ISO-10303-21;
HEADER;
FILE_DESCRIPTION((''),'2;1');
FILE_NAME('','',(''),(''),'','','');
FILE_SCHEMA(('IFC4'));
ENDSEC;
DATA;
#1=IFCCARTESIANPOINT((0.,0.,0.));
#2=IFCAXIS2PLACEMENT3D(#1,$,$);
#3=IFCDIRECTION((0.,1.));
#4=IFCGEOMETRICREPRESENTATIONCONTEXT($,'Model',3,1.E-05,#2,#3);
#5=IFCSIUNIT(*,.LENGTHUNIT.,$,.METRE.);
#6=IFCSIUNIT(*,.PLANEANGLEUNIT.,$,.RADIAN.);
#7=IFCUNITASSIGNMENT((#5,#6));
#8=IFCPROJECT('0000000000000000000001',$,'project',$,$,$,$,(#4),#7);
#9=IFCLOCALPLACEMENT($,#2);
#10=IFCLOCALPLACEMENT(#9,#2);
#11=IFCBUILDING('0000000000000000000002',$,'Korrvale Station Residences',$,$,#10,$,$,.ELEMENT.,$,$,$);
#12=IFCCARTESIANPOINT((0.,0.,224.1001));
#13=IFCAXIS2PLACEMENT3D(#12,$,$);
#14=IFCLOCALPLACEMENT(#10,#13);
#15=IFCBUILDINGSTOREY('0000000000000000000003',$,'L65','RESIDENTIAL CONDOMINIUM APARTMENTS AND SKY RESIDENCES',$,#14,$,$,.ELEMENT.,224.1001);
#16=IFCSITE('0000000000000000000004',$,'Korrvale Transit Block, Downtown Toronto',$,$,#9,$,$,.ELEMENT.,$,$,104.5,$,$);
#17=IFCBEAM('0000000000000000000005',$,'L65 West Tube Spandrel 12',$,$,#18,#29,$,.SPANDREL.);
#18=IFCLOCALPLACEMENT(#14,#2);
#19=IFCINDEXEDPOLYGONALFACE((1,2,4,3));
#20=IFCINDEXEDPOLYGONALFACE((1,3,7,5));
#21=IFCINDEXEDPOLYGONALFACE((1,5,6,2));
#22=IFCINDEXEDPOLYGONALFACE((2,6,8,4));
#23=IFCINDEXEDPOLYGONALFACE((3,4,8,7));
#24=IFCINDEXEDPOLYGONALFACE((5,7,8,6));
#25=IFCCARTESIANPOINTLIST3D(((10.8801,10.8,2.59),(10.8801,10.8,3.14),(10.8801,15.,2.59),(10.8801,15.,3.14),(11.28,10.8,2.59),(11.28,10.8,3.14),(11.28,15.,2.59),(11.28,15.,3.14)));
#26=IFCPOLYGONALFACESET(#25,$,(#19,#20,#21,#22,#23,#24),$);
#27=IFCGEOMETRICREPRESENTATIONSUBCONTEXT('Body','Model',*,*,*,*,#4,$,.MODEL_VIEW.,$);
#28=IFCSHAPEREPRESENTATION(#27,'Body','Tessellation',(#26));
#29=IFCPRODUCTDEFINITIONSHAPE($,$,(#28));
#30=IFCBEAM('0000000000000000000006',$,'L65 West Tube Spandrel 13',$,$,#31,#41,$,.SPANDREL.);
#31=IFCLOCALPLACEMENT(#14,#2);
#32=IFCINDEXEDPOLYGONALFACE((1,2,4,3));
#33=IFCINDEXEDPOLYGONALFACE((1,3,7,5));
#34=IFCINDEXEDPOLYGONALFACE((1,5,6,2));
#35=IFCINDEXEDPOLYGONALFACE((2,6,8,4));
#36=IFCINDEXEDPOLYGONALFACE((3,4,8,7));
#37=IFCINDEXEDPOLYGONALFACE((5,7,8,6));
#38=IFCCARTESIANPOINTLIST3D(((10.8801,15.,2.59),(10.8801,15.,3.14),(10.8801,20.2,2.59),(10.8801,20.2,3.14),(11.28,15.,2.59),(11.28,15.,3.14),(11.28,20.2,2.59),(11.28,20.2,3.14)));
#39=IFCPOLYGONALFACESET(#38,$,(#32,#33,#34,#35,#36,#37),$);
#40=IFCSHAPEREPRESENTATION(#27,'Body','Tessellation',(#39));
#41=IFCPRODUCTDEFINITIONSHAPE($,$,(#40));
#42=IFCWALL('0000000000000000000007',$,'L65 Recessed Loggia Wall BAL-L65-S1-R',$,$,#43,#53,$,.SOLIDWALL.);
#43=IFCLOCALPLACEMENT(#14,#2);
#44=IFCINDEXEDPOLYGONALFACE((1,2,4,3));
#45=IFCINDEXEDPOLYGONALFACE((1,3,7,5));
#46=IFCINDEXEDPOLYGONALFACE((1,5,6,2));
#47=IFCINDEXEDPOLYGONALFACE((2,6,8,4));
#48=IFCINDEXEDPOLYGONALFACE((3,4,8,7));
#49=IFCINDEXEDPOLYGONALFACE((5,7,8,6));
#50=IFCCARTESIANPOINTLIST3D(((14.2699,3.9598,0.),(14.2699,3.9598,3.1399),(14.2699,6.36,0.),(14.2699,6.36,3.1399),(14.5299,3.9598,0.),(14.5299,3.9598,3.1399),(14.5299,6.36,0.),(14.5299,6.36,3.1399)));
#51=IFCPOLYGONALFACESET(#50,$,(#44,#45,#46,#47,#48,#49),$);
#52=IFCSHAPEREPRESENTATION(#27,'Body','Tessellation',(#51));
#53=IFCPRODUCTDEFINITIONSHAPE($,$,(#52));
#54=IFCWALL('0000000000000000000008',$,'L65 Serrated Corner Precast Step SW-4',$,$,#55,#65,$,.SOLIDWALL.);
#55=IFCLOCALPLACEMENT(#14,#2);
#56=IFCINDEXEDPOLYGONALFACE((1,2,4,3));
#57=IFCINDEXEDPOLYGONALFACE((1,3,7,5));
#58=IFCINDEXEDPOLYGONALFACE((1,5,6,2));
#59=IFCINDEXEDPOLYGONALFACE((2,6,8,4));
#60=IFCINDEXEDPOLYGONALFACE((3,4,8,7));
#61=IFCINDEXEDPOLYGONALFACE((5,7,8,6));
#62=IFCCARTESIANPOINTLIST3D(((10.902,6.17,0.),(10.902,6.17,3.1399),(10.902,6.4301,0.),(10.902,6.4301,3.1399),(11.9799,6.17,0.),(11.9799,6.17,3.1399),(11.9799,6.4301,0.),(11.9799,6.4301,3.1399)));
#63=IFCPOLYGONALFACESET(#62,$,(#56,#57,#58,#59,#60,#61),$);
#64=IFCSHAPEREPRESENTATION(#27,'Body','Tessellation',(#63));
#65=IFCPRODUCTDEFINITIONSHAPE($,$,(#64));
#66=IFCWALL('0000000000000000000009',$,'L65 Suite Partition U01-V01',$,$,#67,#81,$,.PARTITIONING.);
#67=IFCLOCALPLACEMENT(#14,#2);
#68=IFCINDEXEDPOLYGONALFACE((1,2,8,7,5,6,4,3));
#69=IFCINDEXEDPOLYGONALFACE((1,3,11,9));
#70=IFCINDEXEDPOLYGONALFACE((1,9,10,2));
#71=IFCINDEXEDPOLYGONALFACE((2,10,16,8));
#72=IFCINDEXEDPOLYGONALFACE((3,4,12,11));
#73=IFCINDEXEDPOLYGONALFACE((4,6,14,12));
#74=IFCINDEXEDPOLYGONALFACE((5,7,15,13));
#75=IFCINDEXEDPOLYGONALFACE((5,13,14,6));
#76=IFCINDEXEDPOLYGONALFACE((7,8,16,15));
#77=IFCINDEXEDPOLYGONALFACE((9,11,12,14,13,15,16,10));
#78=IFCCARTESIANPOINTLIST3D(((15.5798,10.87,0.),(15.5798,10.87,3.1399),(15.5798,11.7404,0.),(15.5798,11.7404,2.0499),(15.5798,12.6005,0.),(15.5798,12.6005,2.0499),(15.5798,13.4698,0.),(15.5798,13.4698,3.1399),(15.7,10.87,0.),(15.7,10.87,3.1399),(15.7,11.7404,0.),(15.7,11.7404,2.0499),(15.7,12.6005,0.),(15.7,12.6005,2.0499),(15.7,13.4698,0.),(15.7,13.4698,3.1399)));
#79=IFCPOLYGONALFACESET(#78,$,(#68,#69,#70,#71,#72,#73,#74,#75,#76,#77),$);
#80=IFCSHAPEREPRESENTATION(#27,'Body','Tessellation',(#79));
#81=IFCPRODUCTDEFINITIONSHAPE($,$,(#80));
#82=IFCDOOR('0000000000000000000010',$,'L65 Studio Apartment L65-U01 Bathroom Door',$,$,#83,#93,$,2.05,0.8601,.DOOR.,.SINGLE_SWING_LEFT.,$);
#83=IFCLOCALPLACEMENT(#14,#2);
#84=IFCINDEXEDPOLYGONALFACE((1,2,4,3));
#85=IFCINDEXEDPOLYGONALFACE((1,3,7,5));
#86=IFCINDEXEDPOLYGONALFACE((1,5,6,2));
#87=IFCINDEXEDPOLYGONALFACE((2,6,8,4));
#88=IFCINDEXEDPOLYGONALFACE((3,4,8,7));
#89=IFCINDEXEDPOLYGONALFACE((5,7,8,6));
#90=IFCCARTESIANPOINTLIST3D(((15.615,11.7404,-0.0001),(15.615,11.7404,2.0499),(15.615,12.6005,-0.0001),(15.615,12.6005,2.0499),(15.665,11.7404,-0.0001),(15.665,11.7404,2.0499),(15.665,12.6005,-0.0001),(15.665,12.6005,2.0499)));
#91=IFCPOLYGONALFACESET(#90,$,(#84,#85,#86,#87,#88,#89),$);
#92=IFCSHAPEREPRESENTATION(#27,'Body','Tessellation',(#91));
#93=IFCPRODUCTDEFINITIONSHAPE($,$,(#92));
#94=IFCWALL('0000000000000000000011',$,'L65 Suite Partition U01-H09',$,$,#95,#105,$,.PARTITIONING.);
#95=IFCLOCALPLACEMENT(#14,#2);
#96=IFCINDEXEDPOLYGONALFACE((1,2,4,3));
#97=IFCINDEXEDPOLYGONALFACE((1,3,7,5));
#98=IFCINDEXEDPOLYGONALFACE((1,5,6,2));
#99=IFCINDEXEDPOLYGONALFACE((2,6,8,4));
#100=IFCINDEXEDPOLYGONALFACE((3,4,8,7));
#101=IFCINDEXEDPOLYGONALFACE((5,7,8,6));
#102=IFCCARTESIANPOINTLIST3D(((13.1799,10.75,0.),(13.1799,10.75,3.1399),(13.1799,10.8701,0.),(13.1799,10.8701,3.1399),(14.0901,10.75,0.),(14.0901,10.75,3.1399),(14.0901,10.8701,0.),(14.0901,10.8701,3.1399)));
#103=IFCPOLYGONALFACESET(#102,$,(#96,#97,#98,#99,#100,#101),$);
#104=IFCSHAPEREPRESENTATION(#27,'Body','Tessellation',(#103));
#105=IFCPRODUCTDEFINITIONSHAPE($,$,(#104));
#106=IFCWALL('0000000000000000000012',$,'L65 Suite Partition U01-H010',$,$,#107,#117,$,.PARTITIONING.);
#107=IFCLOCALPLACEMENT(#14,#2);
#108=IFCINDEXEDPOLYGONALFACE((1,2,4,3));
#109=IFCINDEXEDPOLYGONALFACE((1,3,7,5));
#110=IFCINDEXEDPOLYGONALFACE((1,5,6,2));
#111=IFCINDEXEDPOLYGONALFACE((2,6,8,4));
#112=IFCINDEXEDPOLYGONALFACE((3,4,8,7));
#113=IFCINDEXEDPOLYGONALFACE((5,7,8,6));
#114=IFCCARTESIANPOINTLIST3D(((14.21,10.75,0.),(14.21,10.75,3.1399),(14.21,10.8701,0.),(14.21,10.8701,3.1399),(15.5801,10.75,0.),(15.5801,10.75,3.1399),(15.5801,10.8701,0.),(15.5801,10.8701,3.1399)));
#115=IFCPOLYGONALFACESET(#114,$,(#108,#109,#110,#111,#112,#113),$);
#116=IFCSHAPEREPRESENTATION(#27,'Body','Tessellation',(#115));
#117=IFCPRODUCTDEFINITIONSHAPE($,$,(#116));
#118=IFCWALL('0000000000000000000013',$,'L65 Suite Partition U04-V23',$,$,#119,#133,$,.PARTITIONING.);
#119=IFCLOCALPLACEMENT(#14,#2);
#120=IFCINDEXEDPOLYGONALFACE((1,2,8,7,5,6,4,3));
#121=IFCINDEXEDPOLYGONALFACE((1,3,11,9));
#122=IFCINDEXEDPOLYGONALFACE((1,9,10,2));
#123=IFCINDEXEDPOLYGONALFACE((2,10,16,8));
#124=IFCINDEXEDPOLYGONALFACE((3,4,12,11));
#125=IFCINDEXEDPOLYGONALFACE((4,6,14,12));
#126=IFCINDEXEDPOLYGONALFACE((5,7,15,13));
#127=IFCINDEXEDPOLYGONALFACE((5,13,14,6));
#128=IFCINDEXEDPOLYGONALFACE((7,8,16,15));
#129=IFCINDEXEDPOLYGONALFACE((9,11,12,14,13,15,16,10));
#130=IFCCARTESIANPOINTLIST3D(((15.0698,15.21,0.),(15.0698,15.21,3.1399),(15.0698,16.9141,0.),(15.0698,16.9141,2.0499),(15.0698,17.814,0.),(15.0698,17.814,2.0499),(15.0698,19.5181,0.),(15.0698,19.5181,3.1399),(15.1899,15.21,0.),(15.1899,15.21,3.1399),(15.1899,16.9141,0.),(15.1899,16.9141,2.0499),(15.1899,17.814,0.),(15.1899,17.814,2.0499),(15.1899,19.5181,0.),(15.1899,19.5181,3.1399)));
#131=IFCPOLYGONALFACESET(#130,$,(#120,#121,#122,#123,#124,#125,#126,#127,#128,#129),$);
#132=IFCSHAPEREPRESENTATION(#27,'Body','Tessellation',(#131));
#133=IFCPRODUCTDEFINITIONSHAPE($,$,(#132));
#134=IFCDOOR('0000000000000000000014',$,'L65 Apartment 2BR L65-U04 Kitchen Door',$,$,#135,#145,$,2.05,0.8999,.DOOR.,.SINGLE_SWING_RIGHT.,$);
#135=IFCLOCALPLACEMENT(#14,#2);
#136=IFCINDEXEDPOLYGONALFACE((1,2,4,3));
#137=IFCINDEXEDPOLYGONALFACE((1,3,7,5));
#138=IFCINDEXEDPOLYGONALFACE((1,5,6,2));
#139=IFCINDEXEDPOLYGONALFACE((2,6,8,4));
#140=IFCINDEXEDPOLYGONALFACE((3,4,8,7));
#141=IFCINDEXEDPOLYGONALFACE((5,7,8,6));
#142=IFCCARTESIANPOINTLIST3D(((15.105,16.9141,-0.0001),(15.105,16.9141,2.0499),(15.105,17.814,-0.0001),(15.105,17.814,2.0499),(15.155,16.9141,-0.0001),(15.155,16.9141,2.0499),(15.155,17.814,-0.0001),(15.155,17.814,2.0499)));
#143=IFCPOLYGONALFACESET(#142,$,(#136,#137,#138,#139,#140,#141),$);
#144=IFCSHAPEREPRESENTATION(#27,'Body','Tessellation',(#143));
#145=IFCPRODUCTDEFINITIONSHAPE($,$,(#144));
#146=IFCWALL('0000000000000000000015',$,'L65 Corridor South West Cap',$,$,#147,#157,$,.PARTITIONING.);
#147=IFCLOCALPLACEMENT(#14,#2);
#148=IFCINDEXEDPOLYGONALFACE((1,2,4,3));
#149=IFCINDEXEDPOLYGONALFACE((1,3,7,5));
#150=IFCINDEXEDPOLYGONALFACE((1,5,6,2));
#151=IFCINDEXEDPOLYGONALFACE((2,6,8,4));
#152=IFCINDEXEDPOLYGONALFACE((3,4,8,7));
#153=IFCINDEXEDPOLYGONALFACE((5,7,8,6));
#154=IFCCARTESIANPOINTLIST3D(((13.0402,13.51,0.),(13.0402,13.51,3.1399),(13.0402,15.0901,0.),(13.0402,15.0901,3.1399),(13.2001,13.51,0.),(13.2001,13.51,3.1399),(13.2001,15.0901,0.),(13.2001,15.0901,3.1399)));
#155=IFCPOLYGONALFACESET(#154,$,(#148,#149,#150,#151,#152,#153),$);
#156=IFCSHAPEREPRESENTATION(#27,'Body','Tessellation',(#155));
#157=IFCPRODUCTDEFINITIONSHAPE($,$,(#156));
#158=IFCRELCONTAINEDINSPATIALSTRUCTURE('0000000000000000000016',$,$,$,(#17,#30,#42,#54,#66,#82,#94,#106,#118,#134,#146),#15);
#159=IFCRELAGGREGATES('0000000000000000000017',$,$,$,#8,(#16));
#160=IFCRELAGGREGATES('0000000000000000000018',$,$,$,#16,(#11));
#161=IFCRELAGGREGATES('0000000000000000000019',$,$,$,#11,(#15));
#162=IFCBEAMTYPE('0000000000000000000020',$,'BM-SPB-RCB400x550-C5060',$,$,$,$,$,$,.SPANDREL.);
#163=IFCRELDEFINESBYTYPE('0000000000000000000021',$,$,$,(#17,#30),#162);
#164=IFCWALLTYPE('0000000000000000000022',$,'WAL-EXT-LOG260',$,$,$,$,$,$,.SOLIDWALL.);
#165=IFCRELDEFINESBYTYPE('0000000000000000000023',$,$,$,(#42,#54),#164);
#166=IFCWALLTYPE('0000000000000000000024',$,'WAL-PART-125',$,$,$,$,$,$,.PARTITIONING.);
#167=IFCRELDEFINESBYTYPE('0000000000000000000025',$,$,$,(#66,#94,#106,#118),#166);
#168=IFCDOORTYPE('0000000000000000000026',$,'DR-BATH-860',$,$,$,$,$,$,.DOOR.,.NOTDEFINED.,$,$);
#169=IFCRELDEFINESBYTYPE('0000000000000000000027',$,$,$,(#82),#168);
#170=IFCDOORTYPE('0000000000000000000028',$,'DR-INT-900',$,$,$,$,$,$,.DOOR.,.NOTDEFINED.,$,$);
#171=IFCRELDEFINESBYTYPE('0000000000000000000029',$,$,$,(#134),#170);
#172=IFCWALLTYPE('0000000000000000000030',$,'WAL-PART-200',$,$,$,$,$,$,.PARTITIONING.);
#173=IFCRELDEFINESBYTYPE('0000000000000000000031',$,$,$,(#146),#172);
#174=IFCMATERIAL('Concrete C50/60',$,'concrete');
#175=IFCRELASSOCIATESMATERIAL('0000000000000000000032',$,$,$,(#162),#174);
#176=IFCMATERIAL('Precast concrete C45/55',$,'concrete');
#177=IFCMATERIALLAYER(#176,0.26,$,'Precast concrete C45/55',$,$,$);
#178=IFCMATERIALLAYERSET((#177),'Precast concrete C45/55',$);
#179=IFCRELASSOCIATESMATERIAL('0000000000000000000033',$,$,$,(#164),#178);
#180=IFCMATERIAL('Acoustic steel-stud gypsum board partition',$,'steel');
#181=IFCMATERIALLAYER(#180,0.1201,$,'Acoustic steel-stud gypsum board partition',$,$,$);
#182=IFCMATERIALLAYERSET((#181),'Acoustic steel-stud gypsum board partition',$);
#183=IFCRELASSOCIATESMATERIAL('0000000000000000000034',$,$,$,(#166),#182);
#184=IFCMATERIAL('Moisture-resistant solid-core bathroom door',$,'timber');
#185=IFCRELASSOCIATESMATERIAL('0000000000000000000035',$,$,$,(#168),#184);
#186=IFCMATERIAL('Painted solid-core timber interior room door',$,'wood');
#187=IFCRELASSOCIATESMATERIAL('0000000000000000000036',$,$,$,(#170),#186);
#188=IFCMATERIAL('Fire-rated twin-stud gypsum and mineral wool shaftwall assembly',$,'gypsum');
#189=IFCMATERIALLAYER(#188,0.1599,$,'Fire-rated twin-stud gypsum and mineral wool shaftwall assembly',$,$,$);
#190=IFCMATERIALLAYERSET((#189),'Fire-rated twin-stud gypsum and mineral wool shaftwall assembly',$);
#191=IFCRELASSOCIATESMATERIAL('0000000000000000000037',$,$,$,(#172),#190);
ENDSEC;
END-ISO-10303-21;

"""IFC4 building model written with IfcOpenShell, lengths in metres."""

from ifc_helpers import new_model, si_unit, direction, frame, frame_2d, origin, origin_2d, place, context, subcontext, project, spatial, rectangle, extrude, material, layer, layer_set, material_profile, profile_set, type_object, element, fill, save


model = new_model("IFC4")

# Units and contexts
model_context = context("Model", 3, precision=1e-05, world=origin(), true_north=direction((0.0, 1.0)))
body_context = subcontext(model_context, "Body", "Model", "MODEL_VIEW")
ifc_project = project(units=[si_unit("LENGTHUNIT", "METRE"), si_unit("PLANEANGLEUNIT", "RADIAN")], contexts=[model_context])

# Site, building, storey
site_placement = place(None, origin())
site = spatial("IfcSite", under=ifc_project, at=site_placement, Name="Korrvale Transit Block, Downtown Toronto", CompositionType="ELEMENT", RefElevation=104.5)
building_placement = place(site_placement, origin())
building = spatial("IfcBuilding", under=site, at=building_placement, Name="Korrvale Station Residences", CompositionType="ELEMENT")
storey_placement = place(building_placement, frame((0.0, 0.0, 224.1001)))
storey = spatial("IfcBuildingStorey", under=building, at=storey_placement, Name="L65", Description="RESIDENTIAL CONDOMINIUM APARTMENTS AND SKY RESIDENCES", CompositionType="ELEMENT", Elevation=224.1001)

# Shared definitions
ifc_material_1 = material(Name="Concrete C50/60", Category="concrete")

# Beams
ifc_material_profile_1 = material_profile(ifc_material_1, rectangle(XDim=0.3999, YDim=0.55, at=origin_2d()), Name="RCB400x550")
ifc_profile_set_1 = profile_set([ifc_material_profile_1], Name="Concrete C50/60")
beam_type_1 = type_object("IfcBeamType", Name="BM-SPB-RCB400x550-C5060", PredefinedType="SPANDREL", material=ifc_profile_set_1)
beam_1_placement = place(storey_placement, frame((11.0801, 10.8, 2.865), z_axis=(0.0, 1.0, 0.0), x_axis=(-1.0, 0.0, 0.0)))
element("IfcBeam", 1, at=beam_1_placement, inside=storey, type_object=beam_type_1, Name="L65 West Tube Spandrel 12", PredefinedType="SPANDREL", context=body_context, shape_type="SweptSolid", body=[
    extrude(rectangle(XDim=0.3999, YDim=0.55, at=origin_2d()), origin(), (0.0, 0.0, 1.0), 4.2),
])
beam_2_placement = place(storey_placement, frame((11.0801, 15.0, 2.865), z_axis=(0.0, 1.0, 0.0), x_axis=(-1.0, 0.0, 0.0)))
element("IfcBeam", 2, at=beam_2_placement, inside=storey, type_object=beam_type_1, Name="L65 West Tube Spandrel 13", PredefinedType="SPANDREL", context=body_context, shape_type="SweptSolid", body=[
    extrude(rectangle(XDim=0.3999, YDim=0.55, at=origin_2d()), origin(), (0.0, 0.0, 1.0), 5.2),
])

# Walls
ifc_material_2 = material(Name="Precast concrete C45/55", Category="concrete")
ifc_layer_1 = layer(ifc_material_2, 0.26, Name="Precast concrete C45/55")
ifc_layer_set_1 = layer_set([ifc_layer_1], Name="Precast concrete C45/55")
wall_type_1 = type_object("IfcWallType", Name="WAL-EXT-LOG260", PredefinedType="SOLIDWALL", material=ifc_layer_set_1)
wall_1_placement = place(storey_placement, frame((14.3999, 6.3601, 0.0), z_axis=(0.0, 0.0, 1.0), x_axis=(0.0, -1.0, 0.0)))
element("IfcWall", 3, at=wall_1_placement, inside=storey, type_object=wall_type_1, Name="L65 Recessed Loggia Wall BAL-L65-S1-R", PredefinedType="SOLIDWALL", context=body_context, shape_type="SweptSolid", body=[
    extrude(rectangle(XDim=2.4001, YDim=0.26, at=frame_2d((1.2002, 0.0))), origin(), (0.0, 0.0, 1.0), 3.1399),
])
wall_2_placement = place(storey_placement, frame((11.98, 6.3, 0.0), z_axis=(0.0, 0.0, 1.0), x_axis=(-1.0, 0.0, 0.0)))
element("IfcWall", 4, at=wall_2_placement, inside=storey, type_object=wall_type_1, Name="L65 Serrated Corner Precast Step SW-4", PredefinedType="SOLIDWALL", context=body_context, shape_type="SweptSolid", body=[
    extrude(rectangle(XDim=1.0779, YDim=0.26, at=frame_2d((0.5391, 0.0))), origin(), (0.0, 0.0, 1.0), 3.1399),
])

# Wall, opening, door
ifc_material_3 = material(Name="Acoustic steel-stud gypsum board partition", Category="steel")
ifc_layer_2 = layer(ifc_material_3, 0.1201, Name="Acoustic steel-stud gypsum board partition")
ifc_layer_set_2 = layer_set([ifc_layer_2], Name="Acoustic steel-stud gypsum board partition")
wall_type_2 = type_object("IfcWallType", Name="WAL-PART-125", PredefinedType="PARTITIONING", material=ifc_layer_set_2)
wall_3_placement = place(storey_placement, frame((15.6399, 10.8701, 0.0), z_axis=(0.0, 0.0, 1.0), x_axis=(0.0, 1.0, 0.0)))
wall_3 = element("IfcWall", 5, at=wall_3_placement, inside=storey, type_object=wall_type_2, Name="L65 Suite Partition U01-V01", PredefinedType="PARTITIONING", context=body_context, shape_type="SweptSolid", body=[
    extrude(rectangle(XDim=2.5999, YDim=0.1201, at=frame_2d((1.2998, 0.0))), origin(), (0.0, 0.0, 1.0), 3.1399),
])
opening_1_placement = place(wall_3_placement, frame((0.8701, 0.0, 0.0)))
opening_1 = element("IfcOpeningElement", 6, at=opening_1_placement, cuts=wall_3, PredefinedType="OPENING", context=body_context, shape_type="SweptSolid", body=[
    extrude(rectangle(XDim=0.8601, YDim=2.05, at=frame_2d((0.4302, 1.0249))), frame((0.0, 0.0701, 0.0), z_axis=(0.0, -1.0, 0.0), x_axis=(1.0, 0.0, 0.0)), (0.0, 0.0, 1.0), 0.1401),
])
ifc_material_4 = material(Name="Moisture-resistant solid-core bathroom door", Category="timber")
door_type_1 = type_object("IfcDoorType", Name="DR-BATH-860", OperationType="NOTDEFINED", PredefinedType="DOOR", material=ifc_material_4)
door_1_placement = place(opening_1_placement, origin())
door_1 = element("IfcDoor", 7, at=door_1_placement, inside=storey, type_object=door_type_1, Name="L65 Studio Apartment L65-U01 Bathroom Door", OperationType="SINGLE_SWING_LEFT", OverallHeight=2.05, OverallWidth=0.8601, PredefinedType="DOOR", context=body_context, shape_type="SweptSolid", body=[
    extrude(rectangle(XDim=0.8601, YDim=2.05, at=frame_2d((0.4302, 1.0249))), frame((0.0, 0.0249, 0.0), z_axis=(0.0, -1.0, 0.0), x_axis=(1.0, 0.0, 0.0)), (0.0, 0.0, 1.0), 0.05),
])
fill(opening_1, door_1)

# Walls
wall_4_placement = place(storey_placement, frame((13.1799, 10.8101, 0.0), z_axis=(0.0, 0.0, 1.0), x_axis=(1.0, 0.0, 0.0)))
element("IfcWall", 8, at=wall_4_placement, inside=storey, type_object=wall_type_2, Name="L65 Suite Partition U01-H09", PredefinedType="PARTITIONING", context=body_context, shape_type="SweptSolid", body=[
    extrude(rectangle(XDim=0.9102, YDim=0.1201, at=frame_2d((0.4551, 0.0))), origin(), (0.0, 0.0, 1.0), 3.1399),
])
wall_5_placement = place(storey_placement, frame((14.21, 10.8101, 0.0), z_axis=(0.0, 0.0, 1.0), x_axis=(1.0, 0.0, 0.0)))
element("IfcWall", 9, at=wall_5_placement, inside=storey, type_object=wall_type_2, Name="L65 Suite Partition U01-H010", PredefinedType="PARTITIONING", context=body_context, shape_type="SweptSolid", body=[
    extrude(rectangle(XDim=1.3701, YDim=0.1201, at=frame_2d((0.6851, 0.0))), origin(), (0.0, 0.0, 1.0), 3.1399),
])

# Wall, opening, door
wall_6_placement = place(storey_placement, frame((15.1299, 15.21, 0.0), z_axis=(0.0, 0.0, 1.0), x_axis=(0.0, 1.0, 0.0)))
wall_6 = element("IfcWall", 10, at=wall_6_placement, inside=storey, type_object=wall_type_2, Name="L65 Suite Partition U04-V23", PredefinedType="PARTITIONING", context=body_context, shape_type="SweptSolid", body=[
    extrude(rectangle(XDim=4.3081, YDim=0.1201, at=frame_2d((2.1541, 0.0))), origin(), (0.0, 0.0, 1.0), 3.1399),
])
opening_2_placement = place(wall_6_placement, frame((1.7041, 0.0, 0.0)))
opening_2 = element("IfcOpeningElement", 11, at=opening_2_placement, cuts=wall_6, PredefinedType="OPENING", context=body_context, shape_type="SweptSolid", body=[
    extrude(rectangle(XDim=0.8999, YDim=2.05, at=frame_2d((0.45, 1.0249))), frame((0.0, 0.0701, 0.0), z_axis=(0.0, -1.0, 0.0), x_axis=(1.0, 0.0, 0.0)), (0.0, 0.0, 1.0), 0.1401),
])
ifc_material_5 = material(Name="Painted solid-core timber interior room door", Category="wood")
door_type_2 = type_object("IfcDoorType", Name="DR-INT-900", OperationType="NOTDEFINED", PredefinedType="DOOR", material=ifc_material_5)
door_2_placement = place(opening_2_placement, origin())
door_2 = element("IfcDoor", 12, at=door_2_placement, inside=storey, type_object=door_type_2, Name="L65 Apartment 2BR L65-U04 Kitchen Door", OperationType="SINGLE_SWING_RIGHT", OverallHeight=2.05, OverallWidth=0.8999, PredefinedType="DOOR", context=body_context, shape_type="SweptSolid", body=[
    extrude(rectangle(XDim=0.8999, YDim=2.05, at=frame_2d((0.45, 1.0249))), frame((0.0, 0.0249, 0.0), z_axis=(0.0, -1.0, 0.0), x_axis=(1.0, 0.0, 0.0)), (0.0, 0.0, 1.0), 0.05),
])
fill(opening_2, door_2)

# Wall
ifc_material_6 = material(Name="Fire-rated twin-stud gypsum and mineral wool shaftwall assembly", Category="gypsum")
ifc_layer_3 = layer(ifc_material_6, 0.1599, Name="Fire-rated twin-stud gypsum and mineral wool shaftwall assembly")
ifc_layer_set_3 = layer_set([ifc_layer_3], Name="Fire-rated twin-stud gypsum and mineral wool shaftwall assembly")
wall_type_3 = type_object("IfcWallType", Name="WAL-PART-200", PredefinedType="PARTITIONING", material=ifc_layer_set_3)
wall_7_placement = place(storey_placement, frame((13.1201, 13.51, 0.0), z_axis=(0.0, 0.0, 1.0), x_axis=(0.0, 1.0, 0.0)))
element("IfcWall", 13, at=wall_7_placement, inside=storey, type_object=wall_type_3, Name="L65 Corridor South West Cap", PredefinedType="PARTITIONING", context=body_context, shape_type="SweptSolid", body=[
    extrude(rectangle(XDim=1.5801, YDim=0.1599, at=frame_2d((0.79, 0.0))), origin(), (0.0, 0.0, 1.0), 3.1399),
])

save(model, "model.ifc")
